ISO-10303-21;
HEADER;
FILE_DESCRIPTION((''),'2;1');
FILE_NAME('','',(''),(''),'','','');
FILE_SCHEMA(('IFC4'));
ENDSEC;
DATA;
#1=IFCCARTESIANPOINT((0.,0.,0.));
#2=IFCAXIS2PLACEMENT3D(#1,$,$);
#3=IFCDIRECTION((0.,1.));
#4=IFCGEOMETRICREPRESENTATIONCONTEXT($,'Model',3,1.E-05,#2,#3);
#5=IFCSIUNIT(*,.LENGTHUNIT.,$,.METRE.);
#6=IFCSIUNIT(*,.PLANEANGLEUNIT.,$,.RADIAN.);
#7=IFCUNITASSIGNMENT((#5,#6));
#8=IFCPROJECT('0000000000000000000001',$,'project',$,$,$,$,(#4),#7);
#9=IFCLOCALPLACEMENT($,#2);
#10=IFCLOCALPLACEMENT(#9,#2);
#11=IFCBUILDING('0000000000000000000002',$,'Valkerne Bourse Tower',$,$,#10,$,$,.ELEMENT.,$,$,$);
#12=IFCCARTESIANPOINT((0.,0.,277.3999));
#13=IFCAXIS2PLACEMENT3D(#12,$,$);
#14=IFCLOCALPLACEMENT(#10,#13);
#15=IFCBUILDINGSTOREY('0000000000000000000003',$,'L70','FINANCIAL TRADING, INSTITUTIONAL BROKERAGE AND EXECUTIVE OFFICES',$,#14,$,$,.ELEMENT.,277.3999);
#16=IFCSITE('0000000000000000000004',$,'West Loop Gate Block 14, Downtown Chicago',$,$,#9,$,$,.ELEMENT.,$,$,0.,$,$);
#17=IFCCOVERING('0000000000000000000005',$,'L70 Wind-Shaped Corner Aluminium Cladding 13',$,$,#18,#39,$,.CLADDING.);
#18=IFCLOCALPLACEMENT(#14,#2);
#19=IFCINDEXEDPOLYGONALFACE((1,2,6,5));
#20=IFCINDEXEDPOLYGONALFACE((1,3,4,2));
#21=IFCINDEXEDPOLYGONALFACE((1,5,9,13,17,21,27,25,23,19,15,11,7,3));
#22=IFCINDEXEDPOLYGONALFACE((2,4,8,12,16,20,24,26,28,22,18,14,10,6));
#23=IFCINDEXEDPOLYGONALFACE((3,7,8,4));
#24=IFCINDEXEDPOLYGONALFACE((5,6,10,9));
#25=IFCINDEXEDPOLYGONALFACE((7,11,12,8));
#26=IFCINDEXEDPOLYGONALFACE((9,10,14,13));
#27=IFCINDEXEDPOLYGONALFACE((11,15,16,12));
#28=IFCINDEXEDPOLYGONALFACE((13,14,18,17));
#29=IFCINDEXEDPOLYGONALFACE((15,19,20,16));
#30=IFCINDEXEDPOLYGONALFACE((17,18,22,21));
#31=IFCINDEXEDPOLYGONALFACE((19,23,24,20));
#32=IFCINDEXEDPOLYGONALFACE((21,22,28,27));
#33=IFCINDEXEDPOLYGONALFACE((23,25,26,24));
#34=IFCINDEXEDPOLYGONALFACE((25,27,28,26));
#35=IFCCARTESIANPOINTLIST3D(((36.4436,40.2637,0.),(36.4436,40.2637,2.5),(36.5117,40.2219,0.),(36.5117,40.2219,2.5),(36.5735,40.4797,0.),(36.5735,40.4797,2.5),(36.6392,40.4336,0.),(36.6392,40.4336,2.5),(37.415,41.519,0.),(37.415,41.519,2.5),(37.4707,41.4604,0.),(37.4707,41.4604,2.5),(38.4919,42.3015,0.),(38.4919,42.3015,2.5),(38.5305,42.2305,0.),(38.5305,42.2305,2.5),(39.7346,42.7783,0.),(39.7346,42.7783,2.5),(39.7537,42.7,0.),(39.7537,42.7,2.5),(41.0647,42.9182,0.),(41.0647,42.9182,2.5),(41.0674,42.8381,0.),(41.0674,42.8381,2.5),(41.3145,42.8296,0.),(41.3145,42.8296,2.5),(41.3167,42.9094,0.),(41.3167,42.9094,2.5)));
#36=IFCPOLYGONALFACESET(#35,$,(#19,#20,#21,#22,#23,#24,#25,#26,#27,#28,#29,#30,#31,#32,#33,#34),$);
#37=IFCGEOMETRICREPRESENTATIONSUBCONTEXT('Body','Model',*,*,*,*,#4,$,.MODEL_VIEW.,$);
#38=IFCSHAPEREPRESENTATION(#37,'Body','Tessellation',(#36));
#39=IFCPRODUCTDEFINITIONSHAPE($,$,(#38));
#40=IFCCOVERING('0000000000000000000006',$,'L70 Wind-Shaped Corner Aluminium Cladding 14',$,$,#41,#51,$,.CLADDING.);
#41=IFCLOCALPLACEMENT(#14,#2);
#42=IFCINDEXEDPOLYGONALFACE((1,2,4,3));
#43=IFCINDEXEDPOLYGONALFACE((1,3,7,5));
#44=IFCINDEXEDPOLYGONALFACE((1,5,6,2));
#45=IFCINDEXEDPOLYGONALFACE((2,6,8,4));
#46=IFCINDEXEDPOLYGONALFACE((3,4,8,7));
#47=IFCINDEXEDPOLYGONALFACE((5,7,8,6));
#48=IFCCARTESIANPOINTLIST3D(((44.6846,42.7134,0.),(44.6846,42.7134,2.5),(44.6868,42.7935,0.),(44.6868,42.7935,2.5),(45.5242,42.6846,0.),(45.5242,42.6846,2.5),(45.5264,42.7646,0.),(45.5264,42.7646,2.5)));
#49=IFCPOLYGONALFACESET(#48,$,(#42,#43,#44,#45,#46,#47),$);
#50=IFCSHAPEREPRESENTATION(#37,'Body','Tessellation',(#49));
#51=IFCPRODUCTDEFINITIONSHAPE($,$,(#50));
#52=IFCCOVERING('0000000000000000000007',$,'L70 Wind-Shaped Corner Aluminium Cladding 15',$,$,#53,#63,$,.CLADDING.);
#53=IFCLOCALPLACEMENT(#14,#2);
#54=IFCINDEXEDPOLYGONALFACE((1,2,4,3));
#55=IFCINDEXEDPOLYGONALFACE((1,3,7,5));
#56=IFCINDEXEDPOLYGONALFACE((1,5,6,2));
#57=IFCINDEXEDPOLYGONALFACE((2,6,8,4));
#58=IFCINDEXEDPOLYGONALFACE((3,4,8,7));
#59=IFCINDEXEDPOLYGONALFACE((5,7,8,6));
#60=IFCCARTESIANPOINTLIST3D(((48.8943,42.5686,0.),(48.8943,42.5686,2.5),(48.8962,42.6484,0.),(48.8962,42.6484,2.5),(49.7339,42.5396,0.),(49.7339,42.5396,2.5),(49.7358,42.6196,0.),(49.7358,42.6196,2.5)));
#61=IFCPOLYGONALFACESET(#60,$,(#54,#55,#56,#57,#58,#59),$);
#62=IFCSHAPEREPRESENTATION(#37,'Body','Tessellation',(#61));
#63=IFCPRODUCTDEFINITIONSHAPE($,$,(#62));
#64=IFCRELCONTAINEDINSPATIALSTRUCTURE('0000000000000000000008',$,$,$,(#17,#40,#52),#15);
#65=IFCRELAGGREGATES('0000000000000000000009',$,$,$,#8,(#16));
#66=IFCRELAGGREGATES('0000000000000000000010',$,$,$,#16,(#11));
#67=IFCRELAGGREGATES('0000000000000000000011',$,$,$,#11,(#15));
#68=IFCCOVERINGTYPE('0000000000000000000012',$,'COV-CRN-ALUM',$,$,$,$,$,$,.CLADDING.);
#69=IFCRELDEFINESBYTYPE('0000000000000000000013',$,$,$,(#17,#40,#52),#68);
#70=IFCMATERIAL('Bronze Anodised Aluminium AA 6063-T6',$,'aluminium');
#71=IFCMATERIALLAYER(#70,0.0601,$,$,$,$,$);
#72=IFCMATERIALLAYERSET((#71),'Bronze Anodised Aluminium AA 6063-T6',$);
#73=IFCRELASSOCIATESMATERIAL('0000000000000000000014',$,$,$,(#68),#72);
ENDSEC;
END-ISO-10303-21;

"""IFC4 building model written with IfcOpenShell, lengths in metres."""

from ifc_helpers import new_model, si_unit, direction, frame, origin, place, context, subcontext, project, spatial, polyline, outline, extrude, material, layer, layer_set, type_object, element, save


model = new_model("IFC4")

# Units and contexts
model_context = context("Model", 3, precision=1e-05, world=origin(), true_north=direction((0.0, 1.0)))
body_context = subcontext(model_context, "Body", "Model", "MODEL_VIEW")
ifc_project = project(units=[si_unit("LENGTHUNIT", "METRE"), si_unit("PLANEANGLEUNIT", "RADIAN")], contexts=[model_context])

# Site, building, storey
site_placement = place(None, origin())
site = spatial("IfcSite", under=ifc_project, at=site_placement, Name="West Loop Gate Block 14, Downtown Chicago", CompositionType="ELEMENT", RefElevation=0.0)
building_placement = place(site_placement, origin())
building = spatial("IfcBuilding", under=site, at=building_placement, Name="Valkerne Bourse Tower", CompositionType="ELEMENT")
storey_placement = place(building_placement, frame((0.0, 0.0, 277.3999)))
storey = spatial("IfcBuildingStorey", under=building, at=storey_placement, Name="L70", Description="FINANCIAL TRADING, INSTITUTIONAL BROKERAGE AND EXECUTIVE OFFICES", CompositionType="ELEMENT", Elevation=277.3999)

# Coverings
ifc_material_1 = material(Name="Bronze Anodised Aluminium AA 6063-T6", Category="aluminium")
ifc_layer_1 = layer(ifc_material_1, 0.0601)
ifc_layer_set_1 = layer_set([ifc_layer_1], Name="Bronze Anodised Aluminium AA 6063-T6")
covering_type = type_object("IfcCoveringType", Name="COV-CRN-ALUM", PredefinedType="CLADDING", material=ifc_layer_set_1)
covering_1_placement = place(storey_placement, origin())
element("IfcCovering", 1, at=covering_1_placement, inside=storey, type_object=covering_type, Name="L70 Wind-Shaped Corner Aluminium Cladding 13", PredefinedType="CLADDING", context=body_context, shape_type="SweptSolid", body=[
    extrude(outline(polyline([(36.5735, 40.4797), (37.415, 41.519), (38.4919, 42.3015), (39.7346, 42.7783), (41.0647, 42.9182), (41.3167, 42.9094), (41.3145, 42.8296), (41.0674, 42.8381), (39.7537, 42.7), (38.5305, 42.2305), (37.4707, 41.4604), (36.6392, 40.4336), (36.5117, 40.2219), (36.4436, 40.2637), (36.5735, 40.4797)])), origin(), (0.0, 0.0, 1.0), 2.5),
])
covering_2_placement = place(storey_placement, origin())
element("IfcCovering", 2, at=covering_2_placement, inside=storey, type_object=covering_type, Name="L70 Wind-Shaped Corner Aluminium Cladding 14", PredefinedType="CLADDING", context=body_context, shape_type="SweptSolid", body=[
    extrude(outline(polyline([(45.5264, 42.7646), (45.5242, 42.6846), (44.6846, 42.7134), (44.6868, 42.7935), (45.5264, 42.7646)])), origin(), (0.0, 0.0, 1.0), 2.5),
])
covering_3_placement = place(storey_placement, origin())
element("IfcCovering", 3, at=covering_3_placement, inside=storey, type_object=covering_type, Name="L70 Wind-Shaped Corner Aluminium Cladding 15", PredefinedType="CLADDING", context=body_context, shape_type="SweptSolid", body=[
    extrude(outline(polyline([(49.7358, 42.6196), (49.7339, 42.5396), (48.8943, 42.5686), (48.8962, 42.6484), (49.7358, 42.6196)])), origin(), (0.0, 0.0, 1.0), 2.5),
])

save(model, "model.ifc")
